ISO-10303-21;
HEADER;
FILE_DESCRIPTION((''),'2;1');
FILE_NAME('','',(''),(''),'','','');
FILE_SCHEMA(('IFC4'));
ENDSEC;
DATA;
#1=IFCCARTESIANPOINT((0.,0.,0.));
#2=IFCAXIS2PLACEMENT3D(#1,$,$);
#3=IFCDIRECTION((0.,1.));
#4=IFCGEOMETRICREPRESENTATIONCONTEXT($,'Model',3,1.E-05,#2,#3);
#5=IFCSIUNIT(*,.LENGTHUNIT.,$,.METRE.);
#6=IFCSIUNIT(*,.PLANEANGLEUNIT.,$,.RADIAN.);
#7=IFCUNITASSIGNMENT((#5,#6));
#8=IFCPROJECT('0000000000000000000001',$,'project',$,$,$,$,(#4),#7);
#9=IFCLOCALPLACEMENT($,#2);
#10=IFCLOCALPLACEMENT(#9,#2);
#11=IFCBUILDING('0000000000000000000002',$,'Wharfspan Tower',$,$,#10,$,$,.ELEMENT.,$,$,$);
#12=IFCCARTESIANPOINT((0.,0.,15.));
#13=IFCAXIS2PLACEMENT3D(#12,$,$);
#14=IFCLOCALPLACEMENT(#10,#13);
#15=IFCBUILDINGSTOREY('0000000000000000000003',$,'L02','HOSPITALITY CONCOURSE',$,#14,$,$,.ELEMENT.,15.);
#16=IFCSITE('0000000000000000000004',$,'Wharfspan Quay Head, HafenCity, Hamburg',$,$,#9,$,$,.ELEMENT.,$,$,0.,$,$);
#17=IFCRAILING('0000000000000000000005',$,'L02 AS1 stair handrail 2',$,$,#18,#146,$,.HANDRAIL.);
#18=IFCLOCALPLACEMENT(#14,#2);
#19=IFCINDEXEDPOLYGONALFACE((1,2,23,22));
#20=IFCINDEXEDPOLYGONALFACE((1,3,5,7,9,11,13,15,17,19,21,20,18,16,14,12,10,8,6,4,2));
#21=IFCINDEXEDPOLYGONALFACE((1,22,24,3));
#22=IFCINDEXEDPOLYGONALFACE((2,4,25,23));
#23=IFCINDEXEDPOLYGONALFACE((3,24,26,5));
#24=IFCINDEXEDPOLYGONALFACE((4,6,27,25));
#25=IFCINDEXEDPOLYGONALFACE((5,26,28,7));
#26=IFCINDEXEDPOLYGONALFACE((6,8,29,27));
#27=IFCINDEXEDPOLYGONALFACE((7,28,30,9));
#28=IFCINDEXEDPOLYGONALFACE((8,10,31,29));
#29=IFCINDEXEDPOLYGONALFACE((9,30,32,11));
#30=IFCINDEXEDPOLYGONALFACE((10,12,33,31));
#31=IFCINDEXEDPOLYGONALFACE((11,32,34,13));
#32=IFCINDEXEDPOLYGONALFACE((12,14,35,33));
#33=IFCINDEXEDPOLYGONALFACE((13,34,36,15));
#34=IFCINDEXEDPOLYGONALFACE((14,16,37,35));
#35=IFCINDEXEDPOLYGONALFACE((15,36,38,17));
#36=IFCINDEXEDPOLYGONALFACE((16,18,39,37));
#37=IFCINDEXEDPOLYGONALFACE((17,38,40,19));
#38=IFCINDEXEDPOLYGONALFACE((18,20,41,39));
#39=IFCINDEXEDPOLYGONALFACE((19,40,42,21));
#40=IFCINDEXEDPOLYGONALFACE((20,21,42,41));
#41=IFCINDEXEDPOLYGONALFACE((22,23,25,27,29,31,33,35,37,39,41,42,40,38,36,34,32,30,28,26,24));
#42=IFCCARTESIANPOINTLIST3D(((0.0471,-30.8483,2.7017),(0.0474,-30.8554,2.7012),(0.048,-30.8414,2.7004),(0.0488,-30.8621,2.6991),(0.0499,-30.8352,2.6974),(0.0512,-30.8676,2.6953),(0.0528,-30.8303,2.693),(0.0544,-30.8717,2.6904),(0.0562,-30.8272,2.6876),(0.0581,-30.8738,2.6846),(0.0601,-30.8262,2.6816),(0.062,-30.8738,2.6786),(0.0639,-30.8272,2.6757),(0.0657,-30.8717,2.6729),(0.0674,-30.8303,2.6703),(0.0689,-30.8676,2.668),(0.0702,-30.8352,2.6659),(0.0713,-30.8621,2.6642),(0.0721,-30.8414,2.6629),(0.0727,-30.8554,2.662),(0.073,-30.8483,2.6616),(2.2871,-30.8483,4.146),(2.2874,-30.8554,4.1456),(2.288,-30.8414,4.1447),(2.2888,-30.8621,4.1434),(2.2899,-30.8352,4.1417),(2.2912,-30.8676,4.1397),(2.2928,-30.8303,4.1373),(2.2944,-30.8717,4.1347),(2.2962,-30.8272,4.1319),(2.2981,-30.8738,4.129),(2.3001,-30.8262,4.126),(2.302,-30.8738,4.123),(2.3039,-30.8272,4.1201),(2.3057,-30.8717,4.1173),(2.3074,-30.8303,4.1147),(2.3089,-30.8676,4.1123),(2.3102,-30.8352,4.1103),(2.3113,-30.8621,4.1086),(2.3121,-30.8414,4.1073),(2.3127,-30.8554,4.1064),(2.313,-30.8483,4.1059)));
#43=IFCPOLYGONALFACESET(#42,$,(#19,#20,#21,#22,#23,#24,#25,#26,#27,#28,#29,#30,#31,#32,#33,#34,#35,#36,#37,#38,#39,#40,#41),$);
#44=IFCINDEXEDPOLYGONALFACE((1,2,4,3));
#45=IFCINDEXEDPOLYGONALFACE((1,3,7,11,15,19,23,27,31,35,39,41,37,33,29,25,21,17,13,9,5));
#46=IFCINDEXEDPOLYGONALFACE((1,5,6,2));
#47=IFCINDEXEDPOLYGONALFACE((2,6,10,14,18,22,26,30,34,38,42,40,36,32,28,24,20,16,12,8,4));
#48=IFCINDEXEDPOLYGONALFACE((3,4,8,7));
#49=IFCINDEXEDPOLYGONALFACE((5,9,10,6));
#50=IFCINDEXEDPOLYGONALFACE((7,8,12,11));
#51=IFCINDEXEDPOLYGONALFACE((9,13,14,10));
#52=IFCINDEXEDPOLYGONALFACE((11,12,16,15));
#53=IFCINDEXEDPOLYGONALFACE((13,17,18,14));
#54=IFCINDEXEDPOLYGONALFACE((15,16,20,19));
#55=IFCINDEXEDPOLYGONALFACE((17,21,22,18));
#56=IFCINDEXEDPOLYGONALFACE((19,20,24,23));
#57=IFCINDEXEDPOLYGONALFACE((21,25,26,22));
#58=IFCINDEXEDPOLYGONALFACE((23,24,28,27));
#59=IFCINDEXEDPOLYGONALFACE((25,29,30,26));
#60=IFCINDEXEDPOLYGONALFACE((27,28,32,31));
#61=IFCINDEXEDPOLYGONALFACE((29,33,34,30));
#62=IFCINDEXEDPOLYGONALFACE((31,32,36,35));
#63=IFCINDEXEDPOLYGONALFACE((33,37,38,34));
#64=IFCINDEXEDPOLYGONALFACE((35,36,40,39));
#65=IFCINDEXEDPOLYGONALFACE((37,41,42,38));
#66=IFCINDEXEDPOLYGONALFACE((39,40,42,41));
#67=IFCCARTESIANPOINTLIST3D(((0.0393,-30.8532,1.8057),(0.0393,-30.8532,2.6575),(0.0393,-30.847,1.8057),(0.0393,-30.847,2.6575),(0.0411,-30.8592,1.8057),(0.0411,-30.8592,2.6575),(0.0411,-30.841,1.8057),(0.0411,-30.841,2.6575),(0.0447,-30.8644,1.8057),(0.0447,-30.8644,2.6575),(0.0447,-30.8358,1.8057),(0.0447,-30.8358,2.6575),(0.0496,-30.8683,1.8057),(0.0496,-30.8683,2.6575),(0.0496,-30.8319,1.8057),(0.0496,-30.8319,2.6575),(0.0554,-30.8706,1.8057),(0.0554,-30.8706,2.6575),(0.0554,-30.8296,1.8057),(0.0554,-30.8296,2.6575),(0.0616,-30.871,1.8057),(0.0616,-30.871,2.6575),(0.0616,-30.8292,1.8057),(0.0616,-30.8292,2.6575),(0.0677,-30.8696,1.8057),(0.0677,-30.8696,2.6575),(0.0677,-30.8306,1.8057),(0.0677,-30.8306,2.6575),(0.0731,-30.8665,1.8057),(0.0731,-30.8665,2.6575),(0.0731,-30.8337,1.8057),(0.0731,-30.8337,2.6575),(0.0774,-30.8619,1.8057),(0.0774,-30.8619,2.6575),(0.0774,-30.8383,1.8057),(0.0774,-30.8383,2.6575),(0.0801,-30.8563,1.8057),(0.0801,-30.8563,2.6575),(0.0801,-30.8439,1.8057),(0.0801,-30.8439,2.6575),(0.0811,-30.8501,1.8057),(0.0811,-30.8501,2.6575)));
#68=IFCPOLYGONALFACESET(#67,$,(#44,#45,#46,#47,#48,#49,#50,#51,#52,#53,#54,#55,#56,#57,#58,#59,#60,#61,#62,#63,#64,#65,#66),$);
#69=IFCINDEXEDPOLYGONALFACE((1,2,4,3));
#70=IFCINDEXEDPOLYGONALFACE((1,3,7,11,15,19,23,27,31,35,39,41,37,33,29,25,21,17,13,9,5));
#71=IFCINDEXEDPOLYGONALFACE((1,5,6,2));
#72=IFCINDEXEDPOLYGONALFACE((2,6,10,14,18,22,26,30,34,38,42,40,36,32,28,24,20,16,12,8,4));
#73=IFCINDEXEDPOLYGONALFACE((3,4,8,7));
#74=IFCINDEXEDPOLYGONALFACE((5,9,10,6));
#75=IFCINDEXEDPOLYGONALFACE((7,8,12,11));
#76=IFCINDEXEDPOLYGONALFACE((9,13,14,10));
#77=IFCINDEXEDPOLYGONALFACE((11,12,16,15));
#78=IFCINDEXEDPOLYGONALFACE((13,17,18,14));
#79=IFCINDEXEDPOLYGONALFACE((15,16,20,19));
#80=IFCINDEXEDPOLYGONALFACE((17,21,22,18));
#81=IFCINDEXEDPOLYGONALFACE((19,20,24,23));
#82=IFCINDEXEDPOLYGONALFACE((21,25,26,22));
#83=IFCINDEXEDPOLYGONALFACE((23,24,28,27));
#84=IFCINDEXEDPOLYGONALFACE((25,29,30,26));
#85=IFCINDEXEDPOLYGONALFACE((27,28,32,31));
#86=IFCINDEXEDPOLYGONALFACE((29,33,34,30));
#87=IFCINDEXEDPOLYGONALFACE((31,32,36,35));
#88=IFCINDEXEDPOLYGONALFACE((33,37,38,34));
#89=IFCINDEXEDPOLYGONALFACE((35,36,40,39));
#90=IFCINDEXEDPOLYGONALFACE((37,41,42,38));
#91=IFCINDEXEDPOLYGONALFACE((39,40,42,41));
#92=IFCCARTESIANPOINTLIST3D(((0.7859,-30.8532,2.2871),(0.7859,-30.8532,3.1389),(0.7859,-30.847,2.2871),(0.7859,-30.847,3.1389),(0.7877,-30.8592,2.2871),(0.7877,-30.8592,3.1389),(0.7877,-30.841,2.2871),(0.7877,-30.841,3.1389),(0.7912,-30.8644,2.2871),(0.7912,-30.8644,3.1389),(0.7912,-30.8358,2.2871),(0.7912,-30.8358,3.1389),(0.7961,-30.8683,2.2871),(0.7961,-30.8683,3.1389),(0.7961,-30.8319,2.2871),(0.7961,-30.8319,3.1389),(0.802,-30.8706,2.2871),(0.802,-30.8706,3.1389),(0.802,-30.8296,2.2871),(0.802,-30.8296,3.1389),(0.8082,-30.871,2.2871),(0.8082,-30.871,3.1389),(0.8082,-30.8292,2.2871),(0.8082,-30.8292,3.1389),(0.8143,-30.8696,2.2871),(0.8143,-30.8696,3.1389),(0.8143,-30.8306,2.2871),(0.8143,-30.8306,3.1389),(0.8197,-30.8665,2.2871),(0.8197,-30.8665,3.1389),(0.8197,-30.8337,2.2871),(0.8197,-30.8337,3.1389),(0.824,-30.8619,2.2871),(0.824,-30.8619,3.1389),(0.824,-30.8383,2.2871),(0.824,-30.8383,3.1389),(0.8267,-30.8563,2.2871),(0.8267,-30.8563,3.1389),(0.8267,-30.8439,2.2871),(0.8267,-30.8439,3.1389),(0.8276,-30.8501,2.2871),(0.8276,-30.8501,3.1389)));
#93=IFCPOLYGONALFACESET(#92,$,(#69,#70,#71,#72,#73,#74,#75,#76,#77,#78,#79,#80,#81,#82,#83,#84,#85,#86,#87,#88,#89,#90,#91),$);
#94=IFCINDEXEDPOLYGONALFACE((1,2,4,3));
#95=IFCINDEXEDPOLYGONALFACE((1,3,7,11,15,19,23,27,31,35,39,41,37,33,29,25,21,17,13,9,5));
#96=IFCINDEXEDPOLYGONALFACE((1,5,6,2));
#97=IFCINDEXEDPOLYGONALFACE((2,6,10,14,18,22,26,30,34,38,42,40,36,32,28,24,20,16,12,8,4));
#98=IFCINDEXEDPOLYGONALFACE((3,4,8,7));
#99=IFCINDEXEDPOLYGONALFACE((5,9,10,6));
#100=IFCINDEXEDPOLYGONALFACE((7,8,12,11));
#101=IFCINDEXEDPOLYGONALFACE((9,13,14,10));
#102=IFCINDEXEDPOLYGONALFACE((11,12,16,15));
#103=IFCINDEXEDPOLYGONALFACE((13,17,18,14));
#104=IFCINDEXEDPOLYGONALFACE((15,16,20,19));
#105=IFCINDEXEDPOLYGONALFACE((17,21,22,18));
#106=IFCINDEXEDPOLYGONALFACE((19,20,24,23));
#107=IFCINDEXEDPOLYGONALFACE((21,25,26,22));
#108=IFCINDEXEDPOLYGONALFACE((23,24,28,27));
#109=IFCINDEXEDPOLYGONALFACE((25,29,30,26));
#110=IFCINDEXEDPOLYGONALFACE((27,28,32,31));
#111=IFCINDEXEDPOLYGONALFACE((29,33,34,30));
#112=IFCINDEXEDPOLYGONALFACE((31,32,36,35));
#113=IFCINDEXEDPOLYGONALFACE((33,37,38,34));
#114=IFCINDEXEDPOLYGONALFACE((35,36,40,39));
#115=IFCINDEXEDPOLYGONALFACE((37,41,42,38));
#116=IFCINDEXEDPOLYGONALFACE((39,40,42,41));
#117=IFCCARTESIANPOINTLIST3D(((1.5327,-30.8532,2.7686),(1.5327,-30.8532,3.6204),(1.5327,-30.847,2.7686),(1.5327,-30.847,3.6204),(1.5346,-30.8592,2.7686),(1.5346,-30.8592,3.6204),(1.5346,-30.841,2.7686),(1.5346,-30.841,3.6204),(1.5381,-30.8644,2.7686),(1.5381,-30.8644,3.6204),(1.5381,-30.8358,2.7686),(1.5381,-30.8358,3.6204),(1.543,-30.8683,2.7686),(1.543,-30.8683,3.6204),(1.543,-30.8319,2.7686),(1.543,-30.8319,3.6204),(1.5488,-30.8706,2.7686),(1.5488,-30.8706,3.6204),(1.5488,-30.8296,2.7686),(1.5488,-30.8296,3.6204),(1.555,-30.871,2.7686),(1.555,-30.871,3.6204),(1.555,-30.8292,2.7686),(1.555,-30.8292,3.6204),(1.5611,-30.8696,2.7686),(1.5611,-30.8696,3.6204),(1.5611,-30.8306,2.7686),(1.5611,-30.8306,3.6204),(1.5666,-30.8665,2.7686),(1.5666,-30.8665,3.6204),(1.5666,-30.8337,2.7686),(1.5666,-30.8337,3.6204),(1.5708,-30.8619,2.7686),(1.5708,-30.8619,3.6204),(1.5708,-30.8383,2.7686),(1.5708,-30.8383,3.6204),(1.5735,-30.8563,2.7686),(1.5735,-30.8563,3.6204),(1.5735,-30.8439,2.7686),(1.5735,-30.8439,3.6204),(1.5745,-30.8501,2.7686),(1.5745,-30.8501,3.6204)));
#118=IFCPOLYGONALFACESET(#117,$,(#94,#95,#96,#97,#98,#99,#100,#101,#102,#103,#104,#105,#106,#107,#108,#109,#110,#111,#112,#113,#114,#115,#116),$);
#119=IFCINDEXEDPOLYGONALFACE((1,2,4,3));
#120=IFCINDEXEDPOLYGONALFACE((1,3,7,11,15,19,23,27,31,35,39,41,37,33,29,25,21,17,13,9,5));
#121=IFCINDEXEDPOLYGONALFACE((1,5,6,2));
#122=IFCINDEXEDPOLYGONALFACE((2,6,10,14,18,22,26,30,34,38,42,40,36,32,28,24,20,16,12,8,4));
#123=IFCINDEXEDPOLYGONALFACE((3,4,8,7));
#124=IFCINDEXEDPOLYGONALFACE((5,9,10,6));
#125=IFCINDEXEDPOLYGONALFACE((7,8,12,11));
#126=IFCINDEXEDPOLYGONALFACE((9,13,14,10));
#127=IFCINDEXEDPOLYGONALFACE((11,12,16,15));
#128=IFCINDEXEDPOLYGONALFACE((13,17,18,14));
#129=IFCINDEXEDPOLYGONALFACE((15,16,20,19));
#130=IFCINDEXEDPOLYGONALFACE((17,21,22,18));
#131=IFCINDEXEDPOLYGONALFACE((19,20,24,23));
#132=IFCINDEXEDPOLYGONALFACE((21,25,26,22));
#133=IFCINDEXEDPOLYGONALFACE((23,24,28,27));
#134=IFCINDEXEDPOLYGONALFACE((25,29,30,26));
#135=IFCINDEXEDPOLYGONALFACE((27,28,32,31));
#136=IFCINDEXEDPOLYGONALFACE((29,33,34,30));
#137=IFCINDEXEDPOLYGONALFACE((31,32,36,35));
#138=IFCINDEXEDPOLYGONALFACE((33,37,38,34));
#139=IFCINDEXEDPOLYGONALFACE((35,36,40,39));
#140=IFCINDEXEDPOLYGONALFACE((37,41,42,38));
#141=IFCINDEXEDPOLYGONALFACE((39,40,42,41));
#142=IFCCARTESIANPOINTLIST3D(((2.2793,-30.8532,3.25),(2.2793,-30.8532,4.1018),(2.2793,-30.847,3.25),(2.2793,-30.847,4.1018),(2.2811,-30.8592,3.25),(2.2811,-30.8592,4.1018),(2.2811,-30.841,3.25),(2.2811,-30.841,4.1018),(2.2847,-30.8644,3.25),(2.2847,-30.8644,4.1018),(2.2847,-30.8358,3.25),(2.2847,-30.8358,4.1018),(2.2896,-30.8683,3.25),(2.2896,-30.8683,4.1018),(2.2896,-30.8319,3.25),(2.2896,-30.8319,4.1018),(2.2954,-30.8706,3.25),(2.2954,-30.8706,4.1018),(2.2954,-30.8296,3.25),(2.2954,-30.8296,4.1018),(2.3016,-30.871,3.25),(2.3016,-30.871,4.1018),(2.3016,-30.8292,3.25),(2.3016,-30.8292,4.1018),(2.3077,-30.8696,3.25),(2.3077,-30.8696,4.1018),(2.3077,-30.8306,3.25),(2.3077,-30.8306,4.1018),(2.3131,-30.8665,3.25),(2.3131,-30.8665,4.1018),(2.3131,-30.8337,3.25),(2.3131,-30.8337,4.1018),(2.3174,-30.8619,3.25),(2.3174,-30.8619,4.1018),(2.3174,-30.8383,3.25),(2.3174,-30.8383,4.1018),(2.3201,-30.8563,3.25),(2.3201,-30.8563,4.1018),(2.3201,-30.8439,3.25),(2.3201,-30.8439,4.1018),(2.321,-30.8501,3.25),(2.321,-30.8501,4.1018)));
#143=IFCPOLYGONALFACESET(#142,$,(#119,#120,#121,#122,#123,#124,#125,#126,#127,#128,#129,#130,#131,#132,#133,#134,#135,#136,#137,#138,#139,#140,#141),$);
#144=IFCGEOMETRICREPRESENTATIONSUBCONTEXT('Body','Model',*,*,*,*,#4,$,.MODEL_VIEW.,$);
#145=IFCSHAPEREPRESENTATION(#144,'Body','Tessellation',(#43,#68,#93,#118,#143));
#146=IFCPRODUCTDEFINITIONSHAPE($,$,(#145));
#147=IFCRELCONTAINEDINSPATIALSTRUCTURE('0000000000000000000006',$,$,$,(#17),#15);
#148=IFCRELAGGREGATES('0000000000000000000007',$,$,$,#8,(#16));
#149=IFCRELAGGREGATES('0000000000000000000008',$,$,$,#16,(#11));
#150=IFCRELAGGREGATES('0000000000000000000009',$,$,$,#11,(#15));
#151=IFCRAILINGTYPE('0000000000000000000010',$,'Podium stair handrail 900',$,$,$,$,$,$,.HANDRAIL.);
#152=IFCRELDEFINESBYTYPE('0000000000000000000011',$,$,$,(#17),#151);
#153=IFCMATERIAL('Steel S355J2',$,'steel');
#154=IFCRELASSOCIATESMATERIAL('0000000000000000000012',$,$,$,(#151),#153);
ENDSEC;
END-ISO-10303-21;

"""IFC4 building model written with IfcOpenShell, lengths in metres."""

from ifc_helpers import new_model, si_unit, direction, frame, origin, origin_2d, place, context, subcontext, project, spatial, circle, extrude, material, type_object, element, save


model = new_model("IFC4")

# Units and contexts
model_context = context("Model", 3, precision=1e-05, world=origin(), true_north=direction((0.0, 1.0)))
body_context = subcontext(model_context, "Body", "Model", "MODEL_VIEW")
ifc_project = project(units=[si_unit("LENGTHUNIT", "METRE"), si_unit("PLANEANGLEUNIT", "RADIAN")], contexts=[model_context])

# Site, building, storey
site_placement = place(None, origin())
site = spatial("IfcSite", under=ifc_project, at=site_placement, Name="Wharfspan Quay Head, HafenCity, Hamburg", CompositionType="ELEMENT", RefElevation=0.0)
building_placement = place(site_placement, origin())
building = spatial("IfcBuilding", under=site, at=building_placement, Name="Wharfspan Tower", CompositionType="ELEMENT")
storey_placement = place(building_placement, frame((0.0, 0.0, 15.0)))
storey = spatial("IfcBuildingStorey", under=building, at=storey_placement, Name="L02", Description="HOSPITALITY CONCOURSE", CompositionType="ELEMENT", Elevation=15.0)

# Railing
ifc_material_1 = material(Name="Steel S355J2", Category="steel")
railing_type_1 = type_object("IfcRailingType", Name="Podium stair handrail 900", PredefinedType="HANDRAIL", material=ifc_material_1)
railing_1_placement = place(storey_placement, frame((0.0601, -30.8501, 1.8057)))
element("IfcRailing", 1, at=railing_1_placement, inside=storey, type_object=railing_type_1, Name="L02 AS1 stair handrail 2", PredefinedType="HANDRAIL", context=body_context, shape_type="SweptSolid", body=[
    extrude(circle(Radius=0.0239, at=origin_2d()), frame((0.0, 0.0, 0.876), z_axis=(0.840437, 0.0, 0.54191), x_axis=(0.0, 1.0, 0.0)), (0.0, 0.0, 1.0), 2.6653),
    extrude(circle(Radius=0.021, at=origin_2d()), origin(), (0.0, 0.0, 1.0), 0.8518),
    extrude(circle(Radius=0.021, at=origin_2d()), frame((0.7466, 0.0, 0.4814)), (0.0, 0.0, 1.0), 0.8518),
    extrude(circle(Radius=0.021, at=origin_2d()), frame((1.4934, 0.0, 0.9629)), (0.0, 0.0, 1.0), 0.8518),
    extrude(circle(Radius=0.021, at=origin_2d()), frame((2.24, 0.0, 1.4443)), (0.0, 0.0, 1.0), 0.8518),
])

save(model, "model.ifc")
